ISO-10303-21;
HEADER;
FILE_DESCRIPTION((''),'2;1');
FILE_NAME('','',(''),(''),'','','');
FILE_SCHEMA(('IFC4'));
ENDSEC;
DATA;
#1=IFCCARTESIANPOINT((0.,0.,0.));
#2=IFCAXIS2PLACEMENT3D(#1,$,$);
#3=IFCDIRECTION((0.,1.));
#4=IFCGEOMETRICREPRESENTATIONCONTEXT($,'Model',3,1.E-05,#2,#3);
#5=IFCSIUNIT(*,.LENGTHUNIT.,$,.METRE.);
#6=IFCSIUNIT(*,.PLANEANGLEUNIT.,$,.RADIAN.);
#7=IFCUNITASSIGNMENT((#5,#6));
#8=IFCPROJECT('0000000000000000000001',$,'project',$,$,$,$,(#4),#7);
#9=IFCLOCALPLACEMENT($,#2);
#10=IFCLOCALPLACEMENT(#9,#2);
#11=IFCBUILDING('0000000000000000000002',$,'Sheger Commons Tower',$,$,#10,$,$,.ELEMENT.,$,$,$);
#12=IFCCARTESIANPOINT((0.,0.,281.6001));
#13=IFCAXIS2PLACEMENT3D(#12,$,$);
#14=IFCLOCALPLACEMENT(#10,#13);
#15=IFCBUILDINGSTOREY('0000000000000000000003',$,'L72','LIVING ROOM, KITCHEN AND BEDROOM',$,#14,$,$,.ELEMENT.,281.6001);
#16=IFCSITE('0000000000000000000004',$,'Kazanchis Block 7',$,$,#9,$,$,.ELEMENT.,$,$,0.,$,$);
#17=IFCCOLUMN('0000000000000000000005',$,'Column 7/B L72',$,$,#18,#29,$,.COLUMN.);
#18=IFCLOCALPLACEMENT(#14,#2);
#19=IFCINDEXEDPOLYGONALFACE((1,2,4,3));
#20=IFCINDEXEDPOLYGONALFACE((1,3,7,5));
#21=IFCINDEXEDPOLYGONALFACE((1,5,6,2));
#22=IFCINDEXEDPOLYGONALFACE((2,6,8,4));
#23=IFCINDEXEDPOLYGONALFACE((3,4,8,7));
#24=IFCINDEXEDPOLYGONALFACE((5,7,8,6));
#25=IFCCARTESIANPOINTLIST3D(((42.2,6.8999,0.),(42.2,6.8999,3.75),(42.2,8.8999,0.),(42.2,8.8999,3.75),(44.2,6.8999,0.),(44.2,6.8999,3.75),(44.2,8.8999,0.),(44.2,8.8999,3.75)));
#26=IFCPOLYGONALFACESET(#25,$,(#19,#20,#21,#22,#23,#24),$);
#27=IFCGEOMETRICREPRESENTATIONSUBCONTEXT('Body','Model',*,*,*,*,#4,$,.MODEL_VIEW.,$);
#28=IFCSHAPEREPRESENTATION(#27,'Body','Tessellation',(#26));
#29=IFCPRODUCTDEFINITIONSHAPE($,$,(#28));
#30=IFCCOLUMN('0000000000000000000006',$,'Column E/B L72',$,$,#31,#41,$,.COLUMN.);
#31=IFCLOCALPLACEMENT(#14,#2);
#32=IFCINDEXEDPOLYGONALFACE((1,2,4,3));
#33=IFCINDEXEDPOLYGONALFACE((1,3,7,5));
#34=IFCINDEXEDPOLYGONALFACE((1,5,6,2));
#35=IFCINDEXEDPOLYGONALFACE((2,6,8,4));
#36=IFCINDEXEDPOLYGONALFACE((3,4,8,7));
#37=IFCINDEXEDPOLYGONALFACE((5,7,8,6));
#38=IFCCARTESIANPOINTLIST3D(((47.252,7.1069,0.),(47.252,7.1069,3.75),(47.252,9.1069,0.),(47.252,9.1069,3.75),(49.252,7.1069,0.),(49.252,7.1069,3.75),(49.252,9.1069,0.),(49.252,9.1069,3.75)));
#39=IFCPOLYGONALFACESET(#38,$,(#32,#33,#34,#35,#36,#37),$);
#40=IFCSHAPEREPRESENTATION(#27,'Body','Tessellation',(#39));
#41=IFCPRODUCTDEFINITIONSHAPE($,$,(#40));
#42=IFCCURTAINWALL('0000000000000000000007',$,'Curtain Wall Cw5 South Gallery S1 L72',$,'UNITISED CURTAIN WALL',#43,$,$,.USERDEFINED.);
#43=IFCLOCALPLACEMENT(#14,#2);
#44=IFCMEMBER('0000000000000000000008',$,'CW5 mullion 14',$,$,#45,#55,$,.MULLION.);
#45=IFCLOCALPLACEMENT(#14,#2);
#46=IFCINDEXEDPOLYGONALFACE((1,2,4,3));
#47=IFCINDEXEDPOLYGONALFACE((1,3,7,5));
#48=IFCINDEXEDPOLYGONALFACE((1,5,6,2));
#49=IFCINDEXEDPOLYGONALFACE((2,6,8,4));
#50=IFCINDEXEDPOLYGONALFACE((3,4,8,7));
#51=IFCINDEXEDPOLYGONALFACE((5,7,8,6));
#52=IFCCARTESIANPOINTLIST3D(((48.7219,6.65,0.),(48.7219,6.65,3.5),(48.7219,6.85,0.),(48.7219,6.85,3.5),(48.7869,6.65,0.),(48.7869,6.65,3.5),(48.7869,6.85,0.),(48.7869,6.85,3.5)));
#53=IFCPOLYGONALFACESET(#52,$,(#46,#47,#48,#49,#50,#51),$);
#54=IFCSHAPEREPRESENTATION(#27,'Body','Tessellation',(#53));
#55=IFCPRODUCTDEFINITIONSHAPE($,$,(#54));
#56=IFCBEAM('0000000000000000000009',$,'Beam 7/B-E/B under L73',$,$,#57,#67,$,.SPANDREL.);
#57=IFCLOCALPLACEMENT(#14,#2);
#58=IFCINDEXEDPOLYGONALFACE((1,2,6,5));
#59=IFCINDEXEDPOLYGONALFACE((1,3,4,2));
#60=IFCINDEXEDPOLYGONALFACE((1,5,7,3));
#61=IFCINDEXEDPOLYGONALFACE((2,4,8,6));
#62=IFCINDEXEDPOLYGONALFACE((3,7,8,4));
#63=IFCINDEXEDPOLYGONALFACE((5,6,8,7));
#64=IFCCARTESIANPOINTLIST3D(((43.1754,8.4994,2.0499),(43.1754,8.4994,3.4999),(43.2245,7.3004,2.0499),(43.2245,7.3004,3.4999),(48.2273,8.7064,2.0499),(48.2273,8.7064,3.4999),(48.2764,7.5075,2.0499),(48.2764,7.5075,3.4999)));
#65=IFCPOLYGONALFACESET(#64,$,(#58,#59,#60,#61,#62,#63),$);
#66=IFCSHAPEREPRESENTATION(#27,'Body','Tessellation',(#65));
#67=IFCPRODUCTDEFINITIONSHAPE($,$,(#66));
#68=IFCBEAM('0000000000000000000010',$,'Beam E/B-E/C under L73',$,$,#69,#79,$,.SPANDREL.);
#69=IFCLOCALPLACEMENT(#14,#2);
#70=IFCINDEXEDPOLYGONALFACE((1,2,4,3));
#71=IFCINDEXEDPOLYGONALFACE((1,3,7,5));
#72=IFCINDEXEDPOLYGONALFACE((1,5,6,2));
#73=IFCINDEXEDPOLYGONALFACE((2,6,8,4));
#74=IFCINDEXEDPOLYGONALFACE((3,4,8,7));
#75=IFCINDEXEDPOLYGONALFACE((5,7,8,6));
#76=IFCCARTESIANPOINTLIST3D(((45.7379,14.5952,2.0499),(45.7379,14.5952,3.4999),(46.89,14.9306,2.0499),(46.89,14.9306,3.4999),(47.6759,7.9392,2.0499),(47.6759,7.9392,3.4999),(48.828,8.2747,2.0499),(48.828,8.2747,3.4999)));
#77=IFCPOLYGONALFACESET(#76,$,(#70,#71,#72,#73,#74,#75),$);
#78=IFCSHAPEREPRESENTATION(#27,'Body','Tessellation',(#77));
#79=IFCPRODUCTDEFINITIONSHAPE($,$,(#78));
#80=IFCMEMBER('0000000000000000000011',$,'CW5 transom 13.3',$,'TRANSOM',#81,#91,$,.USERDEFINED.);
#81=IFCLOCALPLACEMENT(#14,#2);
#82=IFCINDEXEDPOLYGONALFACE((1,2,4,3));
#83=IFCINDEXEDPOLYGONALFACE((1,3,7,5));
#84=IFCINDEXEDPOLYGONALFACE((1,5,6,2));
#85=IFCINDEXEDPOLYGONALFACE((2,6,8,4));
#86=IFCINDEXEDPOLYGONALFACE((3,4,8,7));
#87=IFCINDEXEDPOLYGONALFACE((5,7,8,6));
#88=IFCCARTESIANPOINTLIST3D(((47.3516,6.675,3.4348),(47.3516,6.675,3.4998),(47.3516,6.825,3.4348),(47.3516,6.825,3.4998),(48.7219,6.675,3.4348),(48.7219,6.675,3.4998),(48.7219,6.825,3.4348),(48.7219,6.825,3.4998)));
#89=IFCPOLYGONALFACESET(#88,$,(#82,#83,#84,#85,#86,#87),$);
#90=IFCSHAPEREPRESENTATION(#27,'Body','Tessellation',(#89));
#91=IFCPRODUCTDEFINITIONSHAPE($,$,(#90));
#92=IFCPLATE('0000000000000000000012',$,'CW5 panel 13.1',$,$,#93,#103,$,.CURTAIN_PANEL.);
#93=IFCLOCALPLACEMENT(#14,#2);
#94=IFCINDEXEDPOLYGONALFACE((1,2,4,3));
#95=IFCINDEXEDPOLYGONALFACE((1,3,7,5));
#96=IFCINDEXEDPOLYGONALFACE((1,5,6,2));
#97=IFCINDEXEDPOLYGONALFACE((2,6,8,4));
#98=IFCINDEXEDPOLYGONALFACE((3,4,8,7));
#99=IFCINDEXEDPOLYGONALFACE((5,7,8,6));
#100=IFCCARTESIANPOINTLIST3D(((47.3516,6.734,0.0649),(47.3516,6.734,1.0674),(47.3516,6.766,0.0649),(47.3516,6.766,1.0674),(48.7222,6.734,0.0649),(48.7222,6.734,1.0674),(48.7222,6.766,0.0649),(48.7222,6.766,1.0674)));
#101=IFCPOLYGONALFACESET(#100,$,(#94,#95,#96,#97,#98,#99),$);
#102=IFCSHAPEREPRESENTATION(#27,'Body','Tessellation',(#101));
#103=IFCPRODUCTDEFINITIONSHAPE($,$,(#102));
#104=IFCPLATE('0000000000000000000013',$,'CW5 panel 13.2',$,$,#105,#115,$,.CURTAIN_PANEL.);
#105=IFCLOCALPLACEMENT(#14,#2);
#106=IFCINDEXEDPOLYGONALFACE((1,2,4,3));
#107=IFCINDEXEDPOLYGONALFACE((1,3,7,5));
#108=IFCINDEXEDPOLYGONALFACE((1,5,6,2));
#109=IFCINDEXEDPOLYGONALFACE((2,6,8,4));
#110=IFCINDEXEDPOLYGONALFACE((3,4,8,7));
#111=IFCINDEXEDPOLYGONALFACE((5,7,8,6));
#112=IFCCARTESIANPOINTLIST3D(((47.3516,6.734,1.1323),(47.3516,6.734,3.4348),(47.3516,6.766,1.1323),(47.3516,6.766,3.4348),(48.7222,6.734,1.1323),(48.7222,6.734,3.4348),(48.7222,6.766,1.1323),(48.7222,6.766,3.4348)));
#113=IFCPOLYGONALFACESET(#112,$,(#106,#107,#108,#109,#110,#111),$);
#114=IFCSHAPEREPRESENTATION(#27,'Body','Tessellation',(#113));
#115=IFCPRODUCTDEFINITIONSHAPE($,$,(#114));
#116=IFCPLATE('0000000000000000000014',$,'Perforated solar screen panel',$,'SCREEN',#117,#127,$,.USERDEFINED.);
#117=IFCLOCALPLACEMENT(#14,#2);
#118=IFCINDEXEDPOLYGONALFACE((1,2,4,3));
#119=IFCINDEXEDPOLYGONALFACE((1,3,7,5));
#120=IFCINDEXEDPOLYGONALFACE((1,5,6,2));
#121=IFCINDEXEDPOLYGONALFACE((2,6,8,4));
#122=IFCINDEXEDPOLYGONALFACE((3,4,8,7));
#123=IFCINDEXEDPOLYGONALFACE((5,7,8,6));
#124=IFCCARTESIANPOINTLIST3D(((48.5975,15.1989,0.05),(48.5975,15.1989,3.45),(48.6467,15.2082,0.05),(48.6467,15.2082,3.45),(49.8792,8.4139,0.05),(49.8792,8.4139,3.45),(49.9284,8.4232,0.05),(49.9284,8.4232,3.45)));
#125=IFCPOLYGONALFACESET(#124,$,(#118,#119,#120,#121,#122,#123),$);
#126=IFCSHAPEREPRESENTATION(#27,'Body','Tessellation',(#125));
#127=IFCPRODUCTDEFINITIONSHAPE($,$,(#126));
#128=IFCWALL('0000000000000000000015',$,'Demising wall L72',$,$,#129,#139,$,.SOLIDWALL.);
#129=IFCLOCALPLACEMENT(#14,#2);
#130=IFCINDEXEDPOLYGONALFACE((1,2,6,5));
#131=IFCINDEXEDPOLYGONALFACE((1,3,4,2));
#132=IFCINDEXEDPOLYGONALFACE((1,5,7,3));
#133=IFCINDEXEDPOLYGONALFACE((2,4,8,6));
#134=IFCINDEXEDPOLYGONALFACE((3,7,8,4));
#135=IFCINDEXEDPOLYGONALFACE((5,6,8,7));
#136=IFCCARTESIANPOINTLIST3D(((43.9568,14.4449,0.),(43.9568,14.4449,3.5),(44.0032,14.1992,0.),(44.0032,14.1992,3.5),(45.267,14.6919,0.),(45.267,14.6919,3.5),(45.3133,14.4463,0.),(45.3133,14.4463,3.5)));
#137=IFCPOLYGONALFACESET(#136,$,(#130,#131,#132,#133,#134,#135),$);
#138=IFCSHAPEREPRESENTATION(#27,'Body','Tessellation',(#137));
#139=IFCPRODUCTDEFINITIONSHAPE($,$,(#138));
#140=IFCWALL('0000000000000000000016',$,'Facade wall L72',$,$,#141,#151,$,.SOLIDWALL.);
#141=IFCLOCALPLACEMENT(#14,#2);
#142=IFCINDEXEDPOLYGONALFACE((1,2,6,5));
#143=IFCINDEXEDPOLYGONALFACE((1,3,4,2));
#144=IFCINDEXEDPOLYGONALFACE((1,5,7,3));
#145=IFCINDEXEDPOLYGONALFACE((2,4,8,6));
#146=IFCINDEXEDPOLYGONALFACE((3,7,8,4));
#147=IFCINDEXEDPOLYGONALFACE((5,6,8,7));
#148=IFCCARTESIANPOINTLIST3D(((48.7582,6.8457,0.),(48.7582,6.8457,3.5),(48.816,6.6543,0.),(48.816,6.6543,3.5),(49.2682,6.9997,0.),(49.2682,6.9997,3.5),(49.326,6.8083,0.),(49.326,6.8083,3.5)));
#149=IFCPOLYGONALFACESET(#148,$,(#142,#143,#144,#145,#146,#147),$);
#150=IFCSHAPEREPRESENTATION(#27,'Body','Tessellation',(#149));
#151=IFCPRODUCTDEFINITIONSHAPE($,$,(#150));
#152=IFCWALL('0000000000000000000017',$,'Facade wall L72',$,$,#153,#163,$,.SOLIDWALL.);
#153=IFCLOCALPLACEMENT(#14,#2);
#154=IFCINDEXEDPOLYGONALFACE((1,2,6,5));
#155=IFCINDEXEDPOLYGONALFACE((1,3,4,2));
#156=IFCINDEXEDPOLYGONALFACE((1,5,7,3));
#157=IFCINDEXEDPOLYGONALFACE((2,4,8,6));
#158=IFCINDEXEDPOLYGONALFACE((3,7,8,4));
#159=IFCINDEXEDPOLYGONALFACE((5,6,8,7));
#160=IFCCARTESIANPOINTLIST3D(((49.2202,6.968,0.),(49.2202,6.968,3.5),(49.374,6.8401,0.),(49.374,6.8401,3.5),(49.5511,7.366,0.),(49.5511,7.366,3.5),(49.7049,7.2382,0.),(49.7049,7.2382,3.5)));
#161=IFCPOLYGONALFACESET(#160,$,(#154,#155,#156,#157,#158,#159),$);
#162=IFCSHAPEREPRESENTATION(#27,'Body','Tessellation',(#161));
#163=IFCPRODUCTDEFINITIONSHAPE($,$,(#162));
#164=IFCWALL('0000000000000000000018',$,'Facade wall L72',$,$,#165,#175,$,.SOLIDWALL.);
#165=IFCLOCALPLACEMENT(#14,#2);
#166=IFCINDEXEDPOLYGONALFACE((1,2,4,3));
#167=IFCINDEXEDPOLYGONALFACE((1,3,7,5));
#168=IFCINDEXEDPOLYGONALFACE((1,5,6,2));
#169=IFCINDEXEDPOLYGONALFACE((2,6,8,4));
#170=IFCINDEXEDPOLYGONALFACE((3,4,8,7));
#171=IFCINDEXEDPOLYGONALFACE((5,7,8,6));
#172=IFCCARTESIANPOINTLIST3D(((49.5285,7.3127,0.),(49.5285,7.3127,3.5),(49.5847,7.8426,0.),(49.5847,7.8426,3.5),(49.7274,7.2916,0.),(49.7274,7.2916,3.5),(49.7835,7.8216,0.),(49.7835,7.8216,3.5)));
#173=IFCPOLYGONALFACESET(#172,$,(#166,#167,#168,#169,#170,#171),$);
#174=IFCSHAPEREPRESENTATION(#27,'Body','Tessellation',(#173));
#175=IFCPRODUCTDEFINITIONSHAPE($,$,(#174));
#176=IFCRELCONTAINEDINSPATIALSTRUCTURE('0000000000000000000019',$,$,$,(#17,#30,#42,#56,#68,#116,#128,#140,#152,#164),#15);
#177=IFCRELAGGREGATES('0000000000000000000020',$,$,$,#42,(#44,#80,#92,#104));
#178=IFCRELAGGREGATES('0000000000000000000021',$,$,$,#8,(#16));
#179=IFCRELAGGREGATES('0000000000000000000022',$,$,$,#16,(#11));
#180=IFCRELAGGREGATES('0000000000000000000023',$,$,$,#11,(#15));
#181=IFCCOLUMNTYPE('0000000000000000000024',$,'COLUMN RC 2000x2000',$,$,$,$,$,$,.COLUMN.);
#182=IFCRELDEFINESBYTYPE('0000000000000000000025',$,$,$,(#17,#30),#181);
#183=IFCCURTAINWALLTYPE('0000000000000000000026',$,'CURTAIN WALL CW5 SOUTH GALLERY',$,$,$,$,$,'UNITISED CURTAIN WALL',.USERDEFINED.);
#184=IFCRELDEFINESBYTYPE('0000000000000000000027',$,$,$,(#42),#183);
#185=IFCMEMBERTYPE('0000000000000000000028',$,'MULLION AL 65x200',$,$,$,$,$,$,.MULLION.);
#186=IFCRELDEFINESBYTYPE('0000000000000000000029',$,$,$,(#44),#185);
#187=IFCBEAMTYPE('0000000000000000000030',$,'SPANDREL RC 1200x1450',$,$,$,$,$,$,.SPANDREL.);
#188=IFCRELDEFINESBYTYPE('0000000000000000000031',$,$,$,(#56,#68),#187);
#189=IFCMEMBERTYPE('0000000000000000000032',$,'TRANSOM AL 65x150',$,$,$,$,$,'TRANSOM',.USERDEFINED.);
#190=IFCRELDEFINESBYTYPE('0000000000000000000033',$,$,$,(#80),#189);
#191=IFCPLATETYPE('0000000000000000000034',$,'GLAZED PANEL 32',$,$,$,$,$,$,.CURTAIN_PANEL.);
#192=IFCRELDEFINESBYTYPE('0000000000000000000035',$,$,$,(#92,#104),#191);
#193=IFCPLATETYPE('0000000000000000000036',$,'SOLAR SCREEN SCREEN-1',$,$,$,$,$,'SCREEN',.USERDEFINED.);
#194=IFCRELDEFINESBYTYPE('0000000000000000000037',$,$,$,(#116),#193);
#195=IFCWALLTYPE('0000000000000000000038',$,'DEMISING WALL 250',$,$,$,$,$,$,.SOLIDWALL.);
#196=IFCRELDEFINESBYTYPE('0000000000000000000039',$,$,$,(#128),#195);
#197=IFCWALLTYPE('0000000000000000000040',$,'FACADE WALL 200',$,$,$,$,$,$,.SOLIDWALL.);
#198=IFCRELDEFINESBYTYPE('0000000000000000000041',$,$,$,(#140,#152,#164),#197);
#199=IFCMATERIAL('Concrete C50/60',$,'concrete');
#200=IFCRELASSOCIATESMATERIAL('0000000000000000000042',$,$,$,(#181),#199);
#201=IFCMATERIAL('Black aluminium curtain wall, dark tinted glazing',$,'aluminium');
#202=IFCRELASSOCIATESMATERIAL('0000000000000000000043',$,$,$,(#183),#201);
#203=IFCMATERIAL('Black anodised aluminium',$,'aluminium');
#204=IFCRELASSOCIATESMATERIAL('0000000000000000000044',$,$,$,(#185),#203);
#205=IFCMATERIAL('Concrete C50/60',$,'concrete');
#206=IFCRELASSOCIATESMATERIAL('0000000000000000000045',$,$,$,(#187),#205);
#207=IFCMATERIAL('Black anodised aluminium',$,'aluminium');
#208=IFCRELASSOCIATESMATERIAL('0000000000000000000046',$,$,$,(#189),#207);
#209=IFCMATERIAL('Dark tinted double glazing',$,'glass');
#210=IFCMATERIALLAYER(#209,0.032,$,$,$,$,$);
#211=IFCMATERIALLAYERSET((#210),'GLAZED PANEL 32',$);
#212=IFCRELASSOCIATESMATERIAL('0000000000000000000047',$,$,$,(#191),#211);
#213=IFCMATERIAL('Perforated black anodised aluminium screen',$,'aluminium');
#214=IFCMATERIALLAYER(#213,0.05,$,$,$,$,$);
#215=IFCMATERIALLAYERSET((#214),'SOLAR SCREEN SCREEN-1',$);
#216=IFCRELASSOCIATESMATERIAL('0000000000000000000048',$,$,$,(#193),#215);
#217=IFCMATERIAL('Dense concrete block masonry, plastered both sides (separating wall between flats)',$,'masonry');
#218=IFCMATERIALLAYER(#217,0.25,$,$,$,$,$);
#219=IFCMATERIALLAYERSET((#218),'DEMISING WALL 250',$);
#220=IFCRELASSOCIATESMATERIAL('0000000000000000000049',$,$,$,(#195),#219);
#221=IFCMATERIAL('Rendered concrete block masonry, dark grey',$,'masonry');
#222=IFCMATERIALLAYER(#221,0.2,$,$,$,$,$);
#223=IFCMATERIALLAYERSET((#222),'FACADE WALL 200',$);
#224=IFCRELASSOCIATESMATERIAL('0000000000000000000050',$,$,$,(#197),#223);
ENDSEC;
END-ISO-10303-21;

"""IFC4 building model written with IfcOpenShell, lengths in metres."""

from ifc_helpers import new_model, si_unit, direction, frame, frame_2d, origin, origin_2d, place, context, subcontext, project, spatial, rectangle, extrude, material, layer, layer_set, material_profile, profile_set, type_object, element, aggregate, save


model = new_model("IFC4")

# Units and contexts
model_context = context("Model", 3, precision=1e-05, world=origin(), true_north=direction((0.0, 1.0)))
body_context = subcontext(model_context, "Body", "Model", "MODEL_VIEW")
ifc_project = project(units=[si_unit("LENGTHUNIT", "METRE"), si_unit("PLANEANGLEUNIT", "RADIAN")], contexts=[model_context])

# Site, building, storey
site_placement = place(None, origin())
site = spatial("IfcSite", under=ifc_project, at=site_placement, Name="Kazanchis Block 7", CompositionType="ELEMENT", RefElevation=0.0)
building_placement = place(site_placement, origin())
building = spatial("IfcBuilding", under=site, at=building_placement, Name="Sheger Commons Tower", CompositionType="ELEMENT")
storey_placement = place(building_placement, frame((0.0, 0.0, 281.6001)))
storey = spatial("IfcBuildingStorey", under=building, at=storey_placement, Name="L72", Description="LIVING ROOM, KITCHEN AND BEDROOM", CompositionType="ELEMENT", Elevation=281.6001)

# Columns
ifc_material_1 = material(Name="Concrete C50/60", Category="concrete")
ifc_material_profile_1 = material_profile(ifc_material_1, rectangle(XDim=2.0, YDim=2.0, at=origin_2d()), Name="RC 2000x2000")
ifc_profile_set_1 = profile_set([ifc_material_profile_1], Name="Concrete C50/60")
column_type = type_object("IfcColumnType", Name="COLUMN RC 2000x2000", PredefinedType="COLUMN", material=ifc_profile_set_1)
for number, where, z_axis, x_axis, name in (
    (1, (43.2, 7.8999, 0.0), (0.0, 0.0, 1.0), (1.0, 0.0, 0.0), "Column 7/B L72"),
    (2, (48.252, 8.1069, 0.0), (0.0, 0.0, 1.0), (1.0, 0.0, 0.0), "Column E/B L72"),
):
    element("IfcColumn", number, at=place(storey_placement, frame(where, z_axis=z_axis, x_axis=x_axis)), inside=storey, type_object=column_type, Name=name, PredefinedType="COLUMN", context=body_context, shape_type="SweptSolid", body=[
        extrude(rectangle(XDim=2.0, YDim=2.0, at=origin_2d()), origin(), (0.0, 0.0, 1.0), 3.75),
    ])

# Curtain wall, member
ifc_material_2 = material(Name="Black aluminium curtain wall, dark tinted glazing", Category="aluminium")
curtain_wall_type = type_object("IfcCurtainWallType", Name="CURTAIN WALL CW5 SOUTH GALLERY", ElementType="UNITISED CURTAIN WALL", PredefinedType="USERDEFINED", material=ifc_material_2)
curtain_wall_placement = place(storey_placement, origin())
curtain_wall = element("IfcCurtainWall", 3, at=curtain_wall_placement, inside=storey, type_object=curtain_wall_type, Name="Curtain Wall Cw5 South Gallery S1 L72", ObjectType="UNITISED CURTAIN WALL", PredefinedType="USERDEFINED")
ifc_material_3 = material(Name="Black anodised aluminium", Category="aluminium")
ifc_material_profile_2 = material_profile(ifc_material_3, rectangle(XDim=0.2, YDim=0.0649, at=origin_2d()), Name="AL 65x200")
ifc_profile_set_2 = profile_set([ifc_material_profile_2], Name="Black anodised aluminium")
member_type_1 = type_object("IfcMemberType", Name="MULLION AL 65x200", PredefinedType="MULLION", material=ifc_profile_set_2)
member_1_placement = place(storey_placement, frame((48.7544, 6.75, 0.0), z_axis=(0.0, 0.0, 1.0), x_axis=(0.0, 1.0, 0.0)))
member_1 = element("IfcMember", 4, at=member_1_placement, type_object=member_type_1, Name="CW5 mullion 14", PredefinedType="MULLION", context=body_context, shape_type="SweptSolid", body=[
    extrude(rectangle(XDim=0.2, YDim=0.0649, at=origin_2d()), origin(), (0.0, 0.0, 1.0), 3.5),
])

# Beams
ifc_material_4 = material(Name="Concrete C50/60", Category="concrete")
ifc_material_profile_3 = material_profile(ifc_material_4, rectangle(XDim=1.2, YDim=1.45, at=origin_2d()), Name="RC 1200x1450")
ifc_profile_set_3 = profile_set([ifc_material_profile_3], Name="Concrete C50/60")
beam_type = type_object("IfcBeamType", Name="SPANDREL RC 1200x1450", PredefinedType="SPANDREL", material=ifc_profile_set_3)
beam_1_placement = place(storey_placement, frame((43.2, 7.8999, 2.7749), z_axis=(0.999161, 0.040946, 0.0), x_axis=(-0.040946, 0.999161, 0.0)))
element("IfcBeam", 5, at=beam_1_placement, inside=storey, type_object=beam_type, Name="Beam 7/B-E/B under L73", PredefinedType="SPANDREL", context=body_context, shape_type="SweptSolid", body=[
    extrude(rectangle(XDim=1.2, YDim=1.45, at=origin_2d()), origin(), (0.0, 0.0, 1.0), 5.0562),
])
beam_2_placement = place(storey_placement, frame((48.252, 8.1069, 2.7749), z_axis=(-0.279555, 0.96013, 0.0), x_axis=(-0.96013, -0.279555, 0.0)))
element("IfcBeam", 6, at=beam_2_placement, inside=storey, type_object=beam_type, Name="Beam E/B-E/C under L73", PredefinedType="SPANDREL", context=body_context, shape_type="SweptSolid", body=[
    extrude(rectangle(XDim=1.2, YDim=1.45, at=origin_2d()), origin(), (0.0, 0.0, 1.0), 6.9324),
])

# Member
ifc_material_5 = material(Name="Black anodised aluminium", Category="aluminium")
ifc_material_profile_4 = material_profile(ifc_material_5, rectangle(XDim=0.1499, YDim=0.0649, at=origin_2d()), Name="AL 65x150")
ifc_profile_set_4 = profile_set([ifc_material_profile_4], Name="Black anodised aluminium")
member_type_2 = type_object("IfcMemberType", Name="TRANSOM AL 65x150", ElementType="TRANSOM", PredefinedType="USERDEFINED", material=ifc_profile_set_4)
member_2_placement = place(storey_placement, frame((47.3516, 6.75, 3.4673), z_axis=(1.0, 0.0, 0.0), x_axis=(0.0, 1.0, 0.0)))
member_2 = element("IfcMember", 7, at=member_2_placement, type_object=member_type_2, Name="CW5 transom 13.3", ObjectType="TRANSOM", PredefinedType="USERDEFINED", context=body_context, shape_type="SweptSolid", body=[
    extrude(rectangle(XDim=0.1499, YDim=0.0649, at=origin_2d()), origin(), (0.0, 0.0, 1.0), 1.3704),
])

# Plates
ifc_material_6 = material(Name="Dark tinted double glazing", Category="glass")
ifc_layer_1 = layer(ifc_material_6, 0.032)
ifc_layer_set_1 = layer_set([ifc_layer_1], Name="GLAZED PANEL 32")
plate_type_1 = type_object("IfcPlateType", Name="GLAZED PANEL 32", PredefinedType="CURTAIN_PANEL", material=ifc_layer_set_1)
plate_1_placement = place(storey_placement, frame((48.0369, 6.75, 0.0649), z_axis=(0.0, 0.0, 1.0), x_axis=(1.0, 0.0, 0.0)))
plate_1 = element("IfcPlate", 8, at=plate_1_placement, type_object=plate_type_1, Name="CW5 panel 13.1", PredefinedType="CURTAIN_PANEL", context=body_context, shape_type="SweptSolid", body=[
    extrude(rectangle(XDim=1.3706, YDim=0.032, at=origin_2d()), origin(), (0.0, 0.0, 1.0), 1.0024),
])
plate_2_placement = place(storey_placement, frame((48.0369, 6.75, 1.1323), z_axis=(0.0, 0.0, 1.0), x_axis=(1.0, 0.0, 0.0)))
plate_2 = element("IfcPlate", 9, at=plate_2_placement, type_object=plate_type_1, Name="CW5 panel 13.2", PredefinedType="CURTAIN_PANEL", context=body_context, shape_type="SweptSolid", body=[
    extrude(rectangle(XDim=1.3706, YDim=0.032, at=origin_2d()), origin(), (0.0, 0.0, 1.0), 2.3025),
])
aggregate(curtain_wall, [member_1, member_2, plate_1, plate_2])
ifc_material_7 = material(Name="Perforated black anodised aluminium screen", Category="aluminium")
ifc_layer_2 = layer(ifc_material_7, 0.05)
ifc_layer_set_2 = layer_set([ifc_layer_2], Name="SOLAR SCREEN SCREEN-1")
plate_type_2 = type_object("IfcPlateType", Name="SOLAR SCREEN SCREEN-1", ElementType="SCREEN", PredefinedType="USERDEFINED", material=ifc_layer_set_2)
plate_3_placement = place(storey_placement, frame((49.2629, 11.811, 0.05), z_axis=(0.0, 0.0, 1.0), x_axis=(-0.185615, 0.982623, 0.0)))
element("IfcPlate", 10, at=plate_3_placement, inside=storey, type_object=plate_type_2, Name="Perforated solar screen panel", ObjectType="SCREEN", PredefinedType="USERDEFINED", context=body_context, shape_type="SweptSolid", body=[
    extrude(rectangle(XDim=6.905, YDim=0.05, at=origin_2d()), origin(), (0.0, 0.0, 1.0), 3.3999),
])

# Walls
ifc_material_8 = material(Name="Dense concrete block masonry, plastered both sides (separating wall between flats)", Category="masonry")
ifc_layer_3 = layer(ifc_material_8, 0.25)
ifc_layer_set_3 = layer_set([ifc_layer_3], Name="DEMISING WALL 250")
wall_type_1 = type_object("IfcWallType", Name="DEMISING WALL 250", PredefinedType="SOLIDWALL", material=ifc_layer_set_3)
wall_1_placement = place(storey_placement, frame((45.29, 14.5691, 0.0), z_axis=(0.0, 0.0, 1.0), x_axis=(-0.982677, -0.185328, 0.0)))
element("IfcWall", 11, at=wall_1_placement, inside=storey, type_object=wall_type_1, Name="Demising wall L72", PredefinedType="SOLIDWALL", context=body_context, shape_type="SweptSolid", body=[
    extrude(rectangle(XDim=1.3333, YDim=0.25, at=frame_2d((0.6665, 0.0))), origin(), (0.0, 0.0, 1.0), 3.5),
])
ifc_material_9 = material(Name="Rendered concrete block masonry, dark grey", Category="masonry")
ifc_layer_4 = layer(ifc_material_9, 0.2)
ifc_layer_set_4 = layer_set([ifc_layer_4], Name="FACADE WALL 200")
wall_type_2 = type_object("IfcWallType", Name="FACADE WALL 200", PredefinedType="SOLIDWALL", material=ifc_layer_set_4)
wall_2_placement = place(storey_placement, frame((48.7871, 6.75, 0.0), z_axis=(0.0, 0.0, 1.0), x_axis=(0.957282, 0.289155, 0.0)))
element("IfcWall", 12, at=wall_2_placement, inside=storey, type_object=wall_type_2, Name="Facade wall L72", PredefinedType="SOLIDWALL", context=body_context, shape_type="SweptSolid", body=[
    extrude(rectangle(XDim=0.5327, YDim=0.2, at=frame_2d((0.2664, 0.0))), origin(), (0.0, 0.0, 1.0), 3.5),
])
wall_3_placement = place(storey_placement, frame((49.2971, 6.9041, 0.0), z_axis=(0.0, 0.0, 1.0), x_axis=(0.639256, 0.768994, 0.0)))
element("IfcWall", 13, at=wall_3_placement, inside=storey, type_object=wall_type_2, Name="Facade wall L72", PredefinedType="SOLIDWALL", context=body_context, shape_type="SweptSolid", body=[
    extrude(rectangle(XDim=0.5176, YDim=0.2, at=frame_2d((0.2588, 0.0))), origin(), (0.0, 0.0, 1.0), 3.5),
])
wall_4_placement = place(storey_placement, frame((49.6279, 7.302, 0.0), z_axis=(0.0, 0.0, 1.0), x_axis=(0.105352, 0.994435, 0.0)))
element("IfcWall", 14, at=wall_4_placement, inside=storey, type_object=wall_type_2, Name="Facade wall L72", PredefinedType="SOLIDWALL", context=body_context, shape_type="SweptSolid", body=[
    extrude(rectangle(XDim=0.533, YDim=0.2, at=frame_2d((0.2666, 0.0))), origin(), (0.0, 0.0, 1.0), 3.5),
])

save(model, "model.ifc")
